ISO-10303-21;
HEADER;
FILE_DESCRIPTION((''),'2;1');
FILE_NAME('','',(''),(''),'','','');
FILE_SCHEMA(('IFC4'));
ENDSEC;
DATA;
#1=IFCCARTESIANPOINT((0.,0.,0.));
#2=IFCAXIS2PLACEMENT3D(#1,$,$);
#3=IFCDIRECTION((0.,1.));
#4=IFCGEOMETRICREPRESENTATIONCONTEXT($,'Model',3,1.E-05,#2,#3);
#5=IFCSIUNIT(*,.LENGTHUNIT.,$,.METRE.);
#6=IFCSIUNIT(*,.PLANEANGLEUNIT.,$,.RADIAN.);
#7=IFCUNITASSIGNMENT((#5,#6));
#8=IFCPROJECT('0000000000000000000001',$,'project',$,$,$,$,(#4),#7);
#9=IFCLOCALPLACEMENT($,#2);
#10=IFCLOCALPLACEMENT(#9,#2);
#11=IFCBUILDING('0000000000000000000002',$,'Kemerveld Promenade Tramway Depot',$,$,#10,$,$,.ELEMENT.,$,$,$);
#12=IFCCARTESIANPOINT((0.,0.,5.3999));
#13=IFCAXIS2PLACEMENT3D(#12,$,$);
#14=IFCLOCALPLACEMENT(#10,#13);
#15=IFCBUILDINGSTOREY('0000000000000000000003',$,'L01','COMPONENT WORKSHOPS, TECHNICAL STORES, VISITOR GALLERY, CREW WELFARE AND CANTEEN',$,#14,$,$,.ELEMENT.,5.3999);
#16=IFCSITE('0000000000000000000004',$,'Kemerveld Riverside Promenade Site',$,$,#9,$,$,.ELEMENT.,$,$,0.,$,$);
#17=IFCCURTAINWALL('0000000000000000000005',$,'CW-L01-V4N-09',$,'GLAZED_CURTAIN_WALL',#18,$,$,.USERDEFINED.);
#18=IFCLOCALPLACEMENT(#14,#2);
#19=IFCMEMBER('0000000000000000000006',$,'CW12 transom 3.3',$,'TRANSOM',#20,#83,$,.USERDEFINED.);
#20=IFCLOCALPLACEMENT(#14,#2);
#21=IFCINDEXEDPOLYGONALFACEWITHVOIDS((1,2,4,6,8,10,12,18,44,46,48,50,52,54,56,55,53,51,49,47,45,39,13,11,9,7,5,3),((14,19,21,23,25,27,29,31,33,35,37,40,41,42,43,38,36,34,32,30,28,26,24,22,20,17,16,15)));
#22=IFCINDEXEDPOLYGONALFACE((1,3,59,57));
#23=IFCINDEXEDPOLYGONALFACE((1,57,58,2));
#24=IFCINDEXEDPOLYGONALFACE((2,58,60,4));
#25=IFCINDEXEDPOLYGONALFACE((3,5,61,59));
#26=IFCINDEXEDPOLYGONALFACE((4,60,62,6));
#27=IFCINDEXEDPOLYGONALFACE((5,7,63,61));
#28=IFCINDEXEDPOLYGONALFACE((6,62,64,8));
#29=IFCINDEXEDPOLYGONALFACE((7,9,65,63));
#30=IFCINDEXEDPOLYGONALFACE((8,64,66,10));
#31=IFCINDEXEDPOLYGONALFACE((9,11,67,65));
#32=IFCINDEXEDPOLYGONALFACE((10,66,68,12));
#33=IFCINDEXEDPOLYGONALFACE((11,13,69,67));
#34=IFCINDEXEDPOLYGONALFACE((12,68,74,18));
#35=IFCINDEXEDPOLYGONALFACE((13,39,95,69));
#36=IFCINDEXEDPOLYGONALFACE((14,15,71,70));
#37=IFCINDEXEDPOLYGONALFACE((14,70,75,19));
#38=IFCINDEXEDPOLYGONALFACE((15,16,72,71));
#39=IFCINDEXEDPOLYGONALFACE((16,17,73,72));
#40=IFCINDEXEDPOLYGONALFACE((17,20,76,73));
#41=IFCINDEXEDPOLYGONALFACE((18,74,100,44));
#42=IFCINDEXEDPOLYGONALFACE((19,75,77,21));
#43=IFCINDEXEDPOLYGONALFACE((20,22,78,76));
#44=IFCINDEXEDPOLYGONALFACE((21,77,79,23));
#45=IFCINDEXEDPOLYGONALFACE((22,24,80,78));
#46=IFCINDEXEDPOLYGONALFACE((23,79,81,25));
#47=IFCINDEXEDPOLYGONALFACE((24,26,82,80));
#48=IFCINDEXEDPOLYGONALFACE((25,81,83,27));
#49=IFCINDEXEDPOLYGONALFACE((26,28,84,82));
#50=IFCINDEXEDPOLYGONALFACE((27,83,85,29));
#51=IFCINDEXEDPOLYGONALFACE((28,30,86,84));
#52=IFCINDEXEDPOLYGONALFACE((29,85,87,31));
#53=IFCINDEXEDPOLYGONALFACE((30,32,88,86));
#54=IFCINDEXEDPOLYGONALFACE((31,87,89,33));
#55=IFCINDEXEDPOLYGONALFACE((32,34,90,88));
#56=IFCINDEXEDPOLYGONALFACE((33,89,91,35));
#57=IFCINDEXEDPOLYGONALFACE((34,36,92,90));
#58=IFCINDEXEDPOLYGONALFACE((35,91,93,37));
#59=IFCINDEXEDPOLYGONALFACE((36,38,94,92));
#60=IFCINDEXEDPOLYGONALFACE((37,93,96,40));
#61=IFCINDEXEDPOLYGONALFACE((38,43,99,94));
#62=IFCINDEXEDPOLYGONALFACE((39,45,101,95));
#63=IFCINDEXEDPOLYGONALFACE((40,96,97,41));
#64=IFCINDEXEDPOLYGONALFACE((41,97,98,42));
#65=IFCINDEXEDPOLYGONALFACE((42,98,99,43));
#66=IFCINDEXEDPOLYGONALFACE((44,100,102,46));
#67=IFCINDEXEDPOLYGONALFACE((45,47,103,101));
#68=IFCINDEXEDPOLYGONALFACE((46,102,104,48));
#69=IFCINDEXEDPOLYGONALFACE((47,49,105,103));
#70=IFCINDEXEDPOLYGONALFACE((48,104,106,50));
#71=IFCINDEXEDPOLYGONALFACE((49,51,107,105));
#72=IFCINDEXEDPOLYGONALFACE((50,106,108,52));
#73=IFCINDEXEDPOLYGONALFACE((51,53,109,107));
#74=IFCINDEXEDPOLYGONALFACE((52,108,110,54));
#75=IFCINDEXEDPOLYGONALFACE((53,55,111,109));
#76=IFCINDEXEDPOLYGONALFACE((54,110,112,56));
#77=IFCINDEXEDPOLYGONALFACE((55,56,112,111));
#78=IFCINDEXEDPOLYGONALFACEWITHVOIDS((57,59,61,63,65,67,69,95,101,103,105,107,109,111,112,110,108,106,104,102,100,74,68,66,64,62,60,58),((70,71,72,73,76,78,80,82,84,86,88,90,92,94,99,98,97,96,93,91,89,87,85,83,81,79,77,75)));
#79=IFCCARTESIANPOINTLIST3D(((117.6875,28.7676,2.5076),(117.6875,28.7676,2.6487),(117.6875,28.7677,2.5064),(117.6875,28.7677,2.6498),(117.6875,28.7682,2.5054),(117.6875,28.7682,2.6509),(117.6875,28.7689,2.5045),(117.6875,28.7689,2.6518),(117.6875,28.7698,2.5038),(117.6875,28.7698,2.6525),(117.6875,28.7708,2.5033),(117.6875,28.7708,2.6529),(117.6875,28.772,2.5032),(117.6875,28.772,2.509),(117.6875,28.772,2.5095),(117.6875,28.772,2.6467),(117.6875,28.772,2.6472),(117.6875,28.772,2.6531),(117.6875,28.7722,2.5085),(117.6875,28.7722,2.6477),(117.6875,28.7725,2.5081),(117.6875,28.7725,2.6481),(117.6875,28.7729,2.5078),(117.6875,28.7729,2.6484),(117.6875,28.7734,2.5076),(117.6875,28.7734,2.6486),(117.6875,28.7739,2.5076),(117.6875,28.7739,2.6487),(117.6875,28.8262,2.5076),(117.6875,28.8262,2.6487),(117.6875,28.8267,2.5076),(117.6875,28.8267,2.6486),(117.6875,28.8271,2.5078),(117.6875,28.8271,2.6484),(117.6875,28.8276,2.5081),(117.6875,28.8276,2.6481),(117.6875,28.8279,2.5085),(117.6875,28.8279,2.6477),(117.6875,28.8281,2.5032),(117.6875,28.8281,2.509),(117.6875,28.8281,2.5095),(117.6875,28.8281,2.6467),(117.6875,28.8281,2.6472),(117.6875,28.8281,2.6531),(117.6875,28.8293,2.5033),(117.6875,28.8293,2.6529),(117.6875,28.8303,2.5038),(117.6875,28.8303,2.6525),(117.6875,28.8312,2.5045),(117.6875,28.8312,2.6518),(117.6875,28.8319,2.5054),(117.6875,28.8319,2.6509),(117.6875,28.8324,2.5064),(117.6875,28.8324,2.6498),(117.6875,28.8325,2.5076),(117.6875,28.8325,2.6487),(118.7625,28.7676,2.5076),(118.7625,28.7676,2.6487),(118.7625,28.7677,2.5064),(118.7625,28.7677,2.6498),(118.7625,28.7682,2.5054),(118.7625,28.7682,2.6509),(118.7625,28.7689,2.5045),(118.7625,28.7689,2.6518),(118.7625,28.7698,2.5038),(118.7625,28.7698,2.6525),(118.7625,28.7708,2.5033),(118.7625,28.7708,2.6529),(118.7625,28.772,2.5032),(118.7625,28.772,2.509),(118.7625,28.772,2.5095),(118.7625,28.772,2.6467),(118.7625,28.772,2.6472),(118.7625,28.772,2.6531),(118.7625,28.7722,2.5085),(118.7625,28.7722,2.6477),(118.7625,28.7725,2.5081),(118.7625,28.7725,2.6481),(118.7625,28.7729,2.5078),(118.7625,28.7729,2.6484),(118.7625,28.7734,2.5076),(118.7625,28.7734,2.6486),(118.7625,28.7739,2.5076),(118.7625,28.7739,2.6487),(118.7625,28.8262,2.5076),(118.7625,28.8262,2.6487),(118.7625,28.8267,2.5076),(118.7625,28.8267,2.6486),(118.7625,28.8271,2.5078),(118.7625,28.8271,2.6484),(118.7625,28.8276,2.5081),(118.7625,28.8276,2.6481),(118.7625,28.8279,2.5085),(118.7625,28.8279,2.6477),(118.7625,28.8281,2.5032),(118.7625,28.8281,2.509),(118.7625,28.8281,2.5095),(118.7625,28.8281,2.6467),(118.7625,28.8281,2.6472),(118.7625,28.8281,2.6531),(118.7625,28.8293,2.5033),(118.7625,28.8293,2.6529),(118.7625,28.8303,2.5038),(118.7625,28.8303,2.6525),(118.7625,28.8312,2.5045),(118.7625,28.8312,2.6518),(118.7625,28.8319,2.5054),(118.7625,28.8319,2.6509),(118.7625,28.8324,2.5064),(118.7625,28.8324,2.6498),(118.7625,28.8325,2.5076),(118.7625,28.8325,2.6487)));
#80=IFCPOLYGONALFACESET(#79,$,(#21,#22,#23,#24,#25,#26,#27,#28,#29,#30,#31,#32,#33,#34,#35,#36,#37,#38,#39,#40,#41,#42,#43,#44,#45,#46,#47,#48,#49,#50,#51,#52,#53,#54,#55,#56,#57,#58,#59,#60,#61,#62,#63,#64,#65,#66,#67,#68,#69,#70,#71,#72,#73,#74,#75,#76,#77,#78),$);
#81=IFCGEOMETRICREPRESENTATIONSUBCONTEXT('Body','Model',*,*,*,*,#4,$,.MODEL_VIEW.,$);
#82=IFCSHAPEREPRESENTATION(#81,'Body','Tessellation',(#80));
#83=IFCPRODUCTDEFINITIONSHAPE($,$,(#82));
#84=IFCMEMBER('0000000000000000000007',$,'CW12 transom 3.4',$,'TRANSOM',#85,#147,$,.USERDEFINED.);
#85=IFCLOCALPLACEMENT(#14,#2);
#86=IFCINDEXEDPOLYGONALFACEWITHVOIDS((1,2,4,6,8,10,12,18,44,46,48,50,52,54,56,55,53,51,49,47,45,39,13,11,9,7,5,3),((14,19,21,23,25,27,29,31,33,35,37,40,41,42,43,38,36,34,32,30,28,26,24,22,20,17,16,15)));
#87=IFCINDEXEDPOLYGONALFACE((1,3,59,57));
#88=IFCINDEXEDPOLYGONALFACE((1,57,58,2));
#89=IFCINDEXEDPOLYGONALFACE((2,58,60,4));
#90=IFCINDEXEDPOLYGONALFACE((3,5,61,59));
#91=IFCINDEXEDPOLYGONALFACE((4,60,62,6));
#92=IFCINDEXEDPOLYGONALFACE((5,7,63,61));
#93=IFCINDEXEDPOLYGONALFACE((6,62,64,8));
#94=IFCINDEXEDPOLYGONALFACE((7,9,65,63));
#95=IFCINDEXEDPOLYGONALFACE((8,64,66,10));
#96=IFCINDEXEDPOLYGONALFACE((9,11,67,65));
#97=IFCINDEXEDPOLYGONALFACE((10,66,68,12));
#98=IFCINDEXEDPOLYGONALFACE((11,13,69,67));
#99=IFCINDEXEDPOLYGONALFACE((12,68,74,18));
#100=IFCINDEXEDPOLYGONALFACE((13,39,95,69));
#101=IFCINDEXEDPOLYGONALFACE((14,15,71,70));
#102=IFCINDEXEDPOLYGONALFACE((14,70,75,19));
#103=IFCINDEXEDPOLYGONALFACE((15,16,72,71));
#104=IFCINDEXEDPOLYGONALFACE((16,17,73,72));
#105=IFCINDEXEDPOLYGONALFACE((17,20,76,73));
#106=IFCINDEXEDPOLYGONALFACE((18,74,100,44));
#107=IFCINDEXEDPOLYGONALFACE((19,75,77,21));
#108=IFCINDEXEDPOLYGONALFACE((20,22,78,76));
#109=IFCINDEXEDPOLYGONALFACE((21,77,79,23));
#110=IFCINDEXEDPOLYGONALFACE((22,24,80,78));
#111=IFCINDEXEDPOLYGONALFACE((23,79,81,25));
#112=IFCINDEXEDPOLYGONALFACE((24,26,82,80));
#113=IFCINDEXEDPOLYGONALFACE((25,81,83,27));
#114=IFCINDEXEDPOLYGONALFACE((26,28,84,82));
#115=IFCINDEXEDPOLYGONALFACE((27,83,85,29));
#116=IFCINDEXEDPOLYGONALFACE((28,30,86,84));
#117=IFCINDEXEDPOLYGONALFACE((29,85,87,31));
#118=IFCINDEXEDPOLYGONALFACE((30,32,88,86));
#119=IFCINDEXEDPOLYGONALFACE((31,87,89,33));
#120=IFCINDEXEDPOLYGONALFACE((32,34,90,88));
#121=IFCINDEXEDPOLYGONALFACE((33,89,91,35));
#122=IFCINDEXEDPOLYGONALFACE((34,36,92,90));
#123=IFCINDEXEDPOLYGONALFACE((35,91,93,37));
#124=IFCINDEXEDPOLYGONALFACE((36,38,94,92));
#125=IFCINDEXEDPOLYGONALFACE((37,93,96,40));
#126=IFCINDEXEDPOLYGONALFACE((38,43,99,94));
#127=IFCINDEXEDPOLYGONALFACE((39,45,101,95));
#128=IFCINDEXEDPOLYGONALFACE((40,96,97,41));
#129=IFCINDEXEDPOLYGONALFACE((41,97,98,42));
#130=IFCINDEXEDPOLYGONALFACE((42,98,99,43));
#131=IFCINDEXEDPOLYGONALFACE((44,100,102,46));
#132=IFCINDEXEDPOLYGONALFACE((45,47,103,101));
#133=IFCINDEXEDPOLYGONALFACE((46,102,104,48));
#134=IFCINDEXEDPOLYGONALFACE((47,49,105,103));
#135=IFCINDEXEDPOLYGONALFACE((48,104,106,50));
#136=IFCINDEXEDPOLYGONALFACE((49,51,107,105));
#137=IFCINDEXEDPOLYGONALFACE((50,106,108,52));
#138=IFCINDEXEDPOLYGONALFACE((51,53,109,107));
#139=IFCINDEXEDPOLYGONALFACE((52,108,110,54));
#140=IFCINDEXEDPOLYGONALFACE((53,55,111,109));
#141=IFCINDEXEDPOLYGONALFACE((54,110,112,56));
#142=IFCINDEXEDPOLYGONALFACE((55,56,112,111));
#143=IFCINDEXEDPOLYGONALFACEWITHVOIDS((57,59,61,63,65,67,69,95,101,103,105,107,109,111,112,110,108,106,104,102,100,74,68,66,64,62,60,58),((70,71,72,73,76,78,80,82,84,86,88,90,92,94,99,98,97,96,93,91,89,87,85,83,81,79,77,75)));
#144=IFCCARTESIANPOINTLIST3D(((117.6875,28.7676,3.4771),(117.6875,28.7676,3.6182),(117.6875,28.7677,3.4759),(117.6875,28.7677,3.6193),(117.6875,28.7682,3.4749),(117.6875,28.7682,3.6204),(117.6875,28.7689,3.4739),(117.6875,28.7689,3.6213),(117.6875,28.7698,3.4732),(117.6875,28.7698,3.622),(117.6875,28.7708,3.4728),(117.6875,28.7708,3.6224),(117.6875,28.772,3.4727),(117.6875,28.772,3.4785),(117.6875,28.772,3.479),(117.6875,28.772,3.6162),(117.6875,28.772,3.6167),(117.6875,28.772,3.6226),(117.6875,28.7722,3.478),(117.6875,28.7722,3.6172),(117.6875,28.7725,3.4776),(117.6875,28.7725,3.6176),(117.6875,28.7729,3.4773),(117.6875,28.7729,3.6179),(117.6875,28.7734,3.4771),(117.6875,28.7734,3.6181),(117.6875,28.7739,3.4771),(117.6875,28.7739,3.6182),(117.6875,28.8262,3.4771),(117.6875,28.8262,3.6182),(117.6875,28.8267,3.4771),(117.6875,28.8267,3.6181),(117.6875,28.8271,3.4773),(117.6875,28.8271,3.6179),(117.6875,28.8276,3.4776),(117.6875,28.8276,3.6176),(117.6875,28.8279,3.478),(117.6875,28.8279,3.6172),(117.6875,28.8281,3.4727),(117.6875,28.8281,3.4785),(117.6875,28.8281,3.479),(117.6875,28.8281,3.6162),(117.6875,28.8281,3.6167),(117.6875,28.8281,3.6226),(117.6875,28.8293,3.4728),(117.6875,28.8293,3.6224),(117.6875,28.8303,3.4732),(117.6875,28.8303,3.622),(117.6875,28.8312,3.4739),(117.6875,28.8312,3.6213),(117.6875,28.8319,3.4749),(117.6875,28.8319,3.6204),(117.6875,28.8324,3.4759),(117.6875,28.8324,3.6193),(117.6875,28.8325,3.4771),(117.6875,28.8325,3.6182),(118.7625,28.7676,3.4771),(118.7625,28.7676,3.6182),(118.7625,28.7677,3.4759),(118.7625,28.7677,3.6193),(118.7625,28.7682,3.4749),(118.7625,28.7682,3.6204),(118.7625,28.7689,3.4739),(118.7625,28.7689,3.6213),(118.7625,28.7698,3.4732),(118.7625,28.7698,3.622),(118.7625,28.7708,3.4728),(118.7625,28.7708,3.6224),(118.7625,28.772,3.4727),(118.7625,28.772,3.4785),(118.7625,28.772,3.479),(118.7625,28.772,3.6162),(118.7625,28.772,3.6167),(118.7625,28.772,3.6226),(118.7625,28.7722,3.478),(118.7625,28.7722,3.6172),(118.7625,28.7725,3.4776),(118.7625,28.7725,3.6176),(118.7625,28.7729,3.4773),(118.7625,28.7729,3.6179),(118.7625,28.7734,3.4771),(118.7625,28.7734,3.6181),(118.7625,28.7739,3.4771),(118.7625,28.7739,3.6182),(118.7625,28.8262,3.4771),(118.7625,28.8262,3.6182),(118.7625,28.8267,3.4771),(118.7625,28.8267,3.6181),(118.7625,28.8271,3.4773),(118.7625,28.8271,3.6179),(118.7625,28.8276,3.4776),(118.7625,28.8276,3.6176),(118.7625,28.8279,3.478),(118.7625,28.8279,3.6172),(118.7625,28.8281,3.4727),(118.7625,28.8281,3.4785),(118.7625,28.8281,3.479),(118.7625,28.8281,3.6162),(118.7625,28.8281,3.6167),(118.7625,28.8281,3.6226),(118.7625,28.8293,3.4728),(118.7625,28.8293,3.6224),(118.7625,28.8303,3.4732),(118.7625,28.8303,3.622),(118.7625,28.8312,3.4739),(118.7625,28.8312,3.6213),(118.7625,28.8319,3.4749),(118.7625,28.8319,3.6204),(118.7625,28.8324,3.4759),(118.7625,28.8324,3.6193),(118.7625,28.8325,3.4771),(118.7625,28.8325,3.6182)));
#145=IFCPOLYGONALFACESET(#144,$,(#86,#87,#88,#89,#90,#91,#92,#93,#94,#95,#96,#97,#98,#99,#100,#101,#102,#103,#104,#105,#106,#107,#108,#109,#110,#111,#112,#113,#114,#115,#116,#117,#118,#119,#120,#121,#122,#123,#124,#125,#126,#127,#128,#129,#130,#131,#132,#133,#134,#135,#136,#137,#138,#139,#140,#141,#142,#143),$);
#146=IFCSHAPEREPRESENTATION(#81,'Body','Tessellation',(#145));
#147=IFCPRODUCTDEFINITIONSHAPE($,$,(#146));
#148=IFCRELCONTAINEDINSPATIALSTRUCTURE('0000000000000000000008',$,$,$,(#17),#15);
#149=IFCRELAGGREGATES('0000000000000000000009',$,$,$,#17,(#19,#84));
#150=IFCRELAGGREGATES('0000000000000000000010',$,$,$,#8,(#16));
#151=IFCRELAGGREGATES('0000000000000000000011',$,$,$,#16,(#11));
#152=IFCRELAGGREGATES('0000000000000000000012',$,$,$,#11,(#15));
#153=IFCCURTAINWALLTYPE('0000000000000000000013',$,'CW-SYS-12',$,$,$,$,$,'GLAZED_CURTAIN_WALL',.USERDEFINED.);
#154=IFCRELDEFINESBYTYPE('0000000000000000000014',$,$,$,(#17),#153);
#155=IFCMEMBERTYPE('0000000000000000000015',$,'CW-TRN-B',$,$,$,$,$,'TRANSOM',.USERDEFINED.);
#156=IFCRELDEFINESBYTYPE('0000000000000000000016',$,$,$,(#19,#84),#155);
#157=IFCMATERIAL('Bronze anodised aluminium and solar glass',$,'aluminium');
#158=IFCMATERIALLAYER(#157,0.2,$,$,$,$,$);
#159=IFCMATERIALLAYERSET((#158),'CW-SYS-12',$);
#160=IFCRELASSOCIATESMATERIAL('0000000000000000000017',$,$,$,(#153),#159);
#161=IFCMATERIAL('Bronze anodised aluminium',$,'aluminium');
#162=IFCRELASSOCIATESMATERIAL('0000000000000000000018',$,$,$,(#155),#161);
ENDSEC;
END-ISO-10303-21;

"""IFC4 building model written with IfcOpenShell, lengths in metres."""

from ifc_helpers import new_model, si_unit, direction, frame, origin, origin_2d, place, context, subcontext, project, spatial, hollow_rectangle, extrude, material, layer, layer_set, material_profile, profile_set, type_object, element, aggregate, save


model = new_model("IFC4")

# Units and contexts
model_context = context("Model", 3, precision=1e-05, world=origin(), true_north=direction((0.0, 1.0)))
body_context = subcontext(model_context, "Body", "Model", "MODEL_VIEW")
ifc_project = project(units=[si_unit("LENGTHUNIT", "METRE"), si_unit("PLANEANGLEUNIT", "RADIAN")], contexts=[model_context])

# Site, building, storey
site_placement = place(None, origin())
site = spatial("IfcSite", under=ifc_project, at=site_placement, Name="Kemerveld Riverside Promenade Site", CompositionType="ELEMENT", RefElevation=0.0)
building_placement = place(site_placement, origin())
building = spatial("IfcBuilding", under=site, at=building_placement, Name="Kemerveld Promenade Tramway Depot", CompositionType="ELEMENT")
storey_placement = place(building_placement, frame((0.0, 0.0, 5.3999)))
storey = spatial("IfcBuildingStorey", under=building, at=storey_placement, Name="L01", Description="COMPONENT WORKSHOPS, TECHNICAL STORES, VISITOR GALLERY, CREW WELFARE AND CANTEEN", CompositionType="ELEMENT", Elevation=5.3999)

# Curtain wall, members
ifc_material_1 = material(Name="Bronze anodised aluminium and solar glass", Category="aluminium")
ifc_layer_1 = layer(ifc_material_1, 0.2)
ifc_layer_set_1 = layer_set([ifc_layer_1], Name="CW-SYS-12")
curtain_wall_type = type_object("IfcCurtainWallType", Name="CW-SYS-12", ElementType="GLAZED_CURTAIN_WALL", PredefinedType="USERDEFINED", material=ifc_layer_set_1)
curtain_wall_placement = place(storey_placement, origin())
curtain_wall = element("IfcCurtainWall", 1, at=curtain_wall_placement, inside=storey, type_object=curtain_wall_type, Name="CW-L01-V4N-09", ObjectType="GLAZED_CURTAIN_WALL", PredefinedType="USERDEFINED")
ifc_material_2 = material(Name="Bronze anodised aluminium", Category="aluminium")
ifc_material_profile_1 = material_profile(ifc_material_2, hollow_rectangle(XDim=0.0649, YDim=0.1499, WallThickness=0.0044, InnerFilletRadius=0.002, OuterFilletRadius=0.0044, at=origin_2d()), Name="CW-TRN-150x65")
ifc_profile_set_1 = profile_set([ifc_material_profile_1], Name="Bronze anodised aluminium")
member_type_1 = type_object("IfcMemberType", Name="CW-TRN-B", ElementType="TRANSOM", PredefinedType="USERDEFINED", material=ifc_profile_set_1)
member_1_placement = place(storey_placement, frame((117.6875, 28.8, 2.5781), z_axis=(1.0, 0.0, 0.0), x_axis=(0.0, 1.0, 0.0)))
member_1 = element("IfcMember", 2, at=member_1_placement, type_object=member_type_1, Name="CW12 transom 3.3", ObjectType="TRANSOM", PredefinedType="USERDEFINED", context=body_context, shape_type="SweptSolid", body=[
    extrude(hollow_rectangle(XDim=0.0649, YDim=0.1499, WallThickness=0.0044, InnerFilletRadius=0.002, OuterFilletRadius=0.0044, at=origin_2d()), origin(), (0.0, 0.0, 1.0), 1.075),
])
member_2_placement = place(storey_placement, frame((117.6875, 28.8, 3.5476), z_axis=(1.0, 0.0, 0.0), x_axis=(0.0, 1.0, 0.0)))
member_2 = element("IfcMember", 3, at=member_2_placement, type_object=member_type_1, Name="CW12 transom 3.4", ObjectType="TRANSOM", PredefinedType="USERDEFINED", context=body_context, shape_type="SweptSolid", body=[
    extrude(hollow_rectangle(XDim=0.0649, YDim=0.1499, WallThickness=0.0044, InnerFilletRadius=0.002, OuterFilletRadius=0.0044, at=origin_2d()), origin(), (0.0, 0.0, 1.0), 1.075),
])
aggregate(curtain_wall, [member_1, member_2])

save(model, "model.ifc")
